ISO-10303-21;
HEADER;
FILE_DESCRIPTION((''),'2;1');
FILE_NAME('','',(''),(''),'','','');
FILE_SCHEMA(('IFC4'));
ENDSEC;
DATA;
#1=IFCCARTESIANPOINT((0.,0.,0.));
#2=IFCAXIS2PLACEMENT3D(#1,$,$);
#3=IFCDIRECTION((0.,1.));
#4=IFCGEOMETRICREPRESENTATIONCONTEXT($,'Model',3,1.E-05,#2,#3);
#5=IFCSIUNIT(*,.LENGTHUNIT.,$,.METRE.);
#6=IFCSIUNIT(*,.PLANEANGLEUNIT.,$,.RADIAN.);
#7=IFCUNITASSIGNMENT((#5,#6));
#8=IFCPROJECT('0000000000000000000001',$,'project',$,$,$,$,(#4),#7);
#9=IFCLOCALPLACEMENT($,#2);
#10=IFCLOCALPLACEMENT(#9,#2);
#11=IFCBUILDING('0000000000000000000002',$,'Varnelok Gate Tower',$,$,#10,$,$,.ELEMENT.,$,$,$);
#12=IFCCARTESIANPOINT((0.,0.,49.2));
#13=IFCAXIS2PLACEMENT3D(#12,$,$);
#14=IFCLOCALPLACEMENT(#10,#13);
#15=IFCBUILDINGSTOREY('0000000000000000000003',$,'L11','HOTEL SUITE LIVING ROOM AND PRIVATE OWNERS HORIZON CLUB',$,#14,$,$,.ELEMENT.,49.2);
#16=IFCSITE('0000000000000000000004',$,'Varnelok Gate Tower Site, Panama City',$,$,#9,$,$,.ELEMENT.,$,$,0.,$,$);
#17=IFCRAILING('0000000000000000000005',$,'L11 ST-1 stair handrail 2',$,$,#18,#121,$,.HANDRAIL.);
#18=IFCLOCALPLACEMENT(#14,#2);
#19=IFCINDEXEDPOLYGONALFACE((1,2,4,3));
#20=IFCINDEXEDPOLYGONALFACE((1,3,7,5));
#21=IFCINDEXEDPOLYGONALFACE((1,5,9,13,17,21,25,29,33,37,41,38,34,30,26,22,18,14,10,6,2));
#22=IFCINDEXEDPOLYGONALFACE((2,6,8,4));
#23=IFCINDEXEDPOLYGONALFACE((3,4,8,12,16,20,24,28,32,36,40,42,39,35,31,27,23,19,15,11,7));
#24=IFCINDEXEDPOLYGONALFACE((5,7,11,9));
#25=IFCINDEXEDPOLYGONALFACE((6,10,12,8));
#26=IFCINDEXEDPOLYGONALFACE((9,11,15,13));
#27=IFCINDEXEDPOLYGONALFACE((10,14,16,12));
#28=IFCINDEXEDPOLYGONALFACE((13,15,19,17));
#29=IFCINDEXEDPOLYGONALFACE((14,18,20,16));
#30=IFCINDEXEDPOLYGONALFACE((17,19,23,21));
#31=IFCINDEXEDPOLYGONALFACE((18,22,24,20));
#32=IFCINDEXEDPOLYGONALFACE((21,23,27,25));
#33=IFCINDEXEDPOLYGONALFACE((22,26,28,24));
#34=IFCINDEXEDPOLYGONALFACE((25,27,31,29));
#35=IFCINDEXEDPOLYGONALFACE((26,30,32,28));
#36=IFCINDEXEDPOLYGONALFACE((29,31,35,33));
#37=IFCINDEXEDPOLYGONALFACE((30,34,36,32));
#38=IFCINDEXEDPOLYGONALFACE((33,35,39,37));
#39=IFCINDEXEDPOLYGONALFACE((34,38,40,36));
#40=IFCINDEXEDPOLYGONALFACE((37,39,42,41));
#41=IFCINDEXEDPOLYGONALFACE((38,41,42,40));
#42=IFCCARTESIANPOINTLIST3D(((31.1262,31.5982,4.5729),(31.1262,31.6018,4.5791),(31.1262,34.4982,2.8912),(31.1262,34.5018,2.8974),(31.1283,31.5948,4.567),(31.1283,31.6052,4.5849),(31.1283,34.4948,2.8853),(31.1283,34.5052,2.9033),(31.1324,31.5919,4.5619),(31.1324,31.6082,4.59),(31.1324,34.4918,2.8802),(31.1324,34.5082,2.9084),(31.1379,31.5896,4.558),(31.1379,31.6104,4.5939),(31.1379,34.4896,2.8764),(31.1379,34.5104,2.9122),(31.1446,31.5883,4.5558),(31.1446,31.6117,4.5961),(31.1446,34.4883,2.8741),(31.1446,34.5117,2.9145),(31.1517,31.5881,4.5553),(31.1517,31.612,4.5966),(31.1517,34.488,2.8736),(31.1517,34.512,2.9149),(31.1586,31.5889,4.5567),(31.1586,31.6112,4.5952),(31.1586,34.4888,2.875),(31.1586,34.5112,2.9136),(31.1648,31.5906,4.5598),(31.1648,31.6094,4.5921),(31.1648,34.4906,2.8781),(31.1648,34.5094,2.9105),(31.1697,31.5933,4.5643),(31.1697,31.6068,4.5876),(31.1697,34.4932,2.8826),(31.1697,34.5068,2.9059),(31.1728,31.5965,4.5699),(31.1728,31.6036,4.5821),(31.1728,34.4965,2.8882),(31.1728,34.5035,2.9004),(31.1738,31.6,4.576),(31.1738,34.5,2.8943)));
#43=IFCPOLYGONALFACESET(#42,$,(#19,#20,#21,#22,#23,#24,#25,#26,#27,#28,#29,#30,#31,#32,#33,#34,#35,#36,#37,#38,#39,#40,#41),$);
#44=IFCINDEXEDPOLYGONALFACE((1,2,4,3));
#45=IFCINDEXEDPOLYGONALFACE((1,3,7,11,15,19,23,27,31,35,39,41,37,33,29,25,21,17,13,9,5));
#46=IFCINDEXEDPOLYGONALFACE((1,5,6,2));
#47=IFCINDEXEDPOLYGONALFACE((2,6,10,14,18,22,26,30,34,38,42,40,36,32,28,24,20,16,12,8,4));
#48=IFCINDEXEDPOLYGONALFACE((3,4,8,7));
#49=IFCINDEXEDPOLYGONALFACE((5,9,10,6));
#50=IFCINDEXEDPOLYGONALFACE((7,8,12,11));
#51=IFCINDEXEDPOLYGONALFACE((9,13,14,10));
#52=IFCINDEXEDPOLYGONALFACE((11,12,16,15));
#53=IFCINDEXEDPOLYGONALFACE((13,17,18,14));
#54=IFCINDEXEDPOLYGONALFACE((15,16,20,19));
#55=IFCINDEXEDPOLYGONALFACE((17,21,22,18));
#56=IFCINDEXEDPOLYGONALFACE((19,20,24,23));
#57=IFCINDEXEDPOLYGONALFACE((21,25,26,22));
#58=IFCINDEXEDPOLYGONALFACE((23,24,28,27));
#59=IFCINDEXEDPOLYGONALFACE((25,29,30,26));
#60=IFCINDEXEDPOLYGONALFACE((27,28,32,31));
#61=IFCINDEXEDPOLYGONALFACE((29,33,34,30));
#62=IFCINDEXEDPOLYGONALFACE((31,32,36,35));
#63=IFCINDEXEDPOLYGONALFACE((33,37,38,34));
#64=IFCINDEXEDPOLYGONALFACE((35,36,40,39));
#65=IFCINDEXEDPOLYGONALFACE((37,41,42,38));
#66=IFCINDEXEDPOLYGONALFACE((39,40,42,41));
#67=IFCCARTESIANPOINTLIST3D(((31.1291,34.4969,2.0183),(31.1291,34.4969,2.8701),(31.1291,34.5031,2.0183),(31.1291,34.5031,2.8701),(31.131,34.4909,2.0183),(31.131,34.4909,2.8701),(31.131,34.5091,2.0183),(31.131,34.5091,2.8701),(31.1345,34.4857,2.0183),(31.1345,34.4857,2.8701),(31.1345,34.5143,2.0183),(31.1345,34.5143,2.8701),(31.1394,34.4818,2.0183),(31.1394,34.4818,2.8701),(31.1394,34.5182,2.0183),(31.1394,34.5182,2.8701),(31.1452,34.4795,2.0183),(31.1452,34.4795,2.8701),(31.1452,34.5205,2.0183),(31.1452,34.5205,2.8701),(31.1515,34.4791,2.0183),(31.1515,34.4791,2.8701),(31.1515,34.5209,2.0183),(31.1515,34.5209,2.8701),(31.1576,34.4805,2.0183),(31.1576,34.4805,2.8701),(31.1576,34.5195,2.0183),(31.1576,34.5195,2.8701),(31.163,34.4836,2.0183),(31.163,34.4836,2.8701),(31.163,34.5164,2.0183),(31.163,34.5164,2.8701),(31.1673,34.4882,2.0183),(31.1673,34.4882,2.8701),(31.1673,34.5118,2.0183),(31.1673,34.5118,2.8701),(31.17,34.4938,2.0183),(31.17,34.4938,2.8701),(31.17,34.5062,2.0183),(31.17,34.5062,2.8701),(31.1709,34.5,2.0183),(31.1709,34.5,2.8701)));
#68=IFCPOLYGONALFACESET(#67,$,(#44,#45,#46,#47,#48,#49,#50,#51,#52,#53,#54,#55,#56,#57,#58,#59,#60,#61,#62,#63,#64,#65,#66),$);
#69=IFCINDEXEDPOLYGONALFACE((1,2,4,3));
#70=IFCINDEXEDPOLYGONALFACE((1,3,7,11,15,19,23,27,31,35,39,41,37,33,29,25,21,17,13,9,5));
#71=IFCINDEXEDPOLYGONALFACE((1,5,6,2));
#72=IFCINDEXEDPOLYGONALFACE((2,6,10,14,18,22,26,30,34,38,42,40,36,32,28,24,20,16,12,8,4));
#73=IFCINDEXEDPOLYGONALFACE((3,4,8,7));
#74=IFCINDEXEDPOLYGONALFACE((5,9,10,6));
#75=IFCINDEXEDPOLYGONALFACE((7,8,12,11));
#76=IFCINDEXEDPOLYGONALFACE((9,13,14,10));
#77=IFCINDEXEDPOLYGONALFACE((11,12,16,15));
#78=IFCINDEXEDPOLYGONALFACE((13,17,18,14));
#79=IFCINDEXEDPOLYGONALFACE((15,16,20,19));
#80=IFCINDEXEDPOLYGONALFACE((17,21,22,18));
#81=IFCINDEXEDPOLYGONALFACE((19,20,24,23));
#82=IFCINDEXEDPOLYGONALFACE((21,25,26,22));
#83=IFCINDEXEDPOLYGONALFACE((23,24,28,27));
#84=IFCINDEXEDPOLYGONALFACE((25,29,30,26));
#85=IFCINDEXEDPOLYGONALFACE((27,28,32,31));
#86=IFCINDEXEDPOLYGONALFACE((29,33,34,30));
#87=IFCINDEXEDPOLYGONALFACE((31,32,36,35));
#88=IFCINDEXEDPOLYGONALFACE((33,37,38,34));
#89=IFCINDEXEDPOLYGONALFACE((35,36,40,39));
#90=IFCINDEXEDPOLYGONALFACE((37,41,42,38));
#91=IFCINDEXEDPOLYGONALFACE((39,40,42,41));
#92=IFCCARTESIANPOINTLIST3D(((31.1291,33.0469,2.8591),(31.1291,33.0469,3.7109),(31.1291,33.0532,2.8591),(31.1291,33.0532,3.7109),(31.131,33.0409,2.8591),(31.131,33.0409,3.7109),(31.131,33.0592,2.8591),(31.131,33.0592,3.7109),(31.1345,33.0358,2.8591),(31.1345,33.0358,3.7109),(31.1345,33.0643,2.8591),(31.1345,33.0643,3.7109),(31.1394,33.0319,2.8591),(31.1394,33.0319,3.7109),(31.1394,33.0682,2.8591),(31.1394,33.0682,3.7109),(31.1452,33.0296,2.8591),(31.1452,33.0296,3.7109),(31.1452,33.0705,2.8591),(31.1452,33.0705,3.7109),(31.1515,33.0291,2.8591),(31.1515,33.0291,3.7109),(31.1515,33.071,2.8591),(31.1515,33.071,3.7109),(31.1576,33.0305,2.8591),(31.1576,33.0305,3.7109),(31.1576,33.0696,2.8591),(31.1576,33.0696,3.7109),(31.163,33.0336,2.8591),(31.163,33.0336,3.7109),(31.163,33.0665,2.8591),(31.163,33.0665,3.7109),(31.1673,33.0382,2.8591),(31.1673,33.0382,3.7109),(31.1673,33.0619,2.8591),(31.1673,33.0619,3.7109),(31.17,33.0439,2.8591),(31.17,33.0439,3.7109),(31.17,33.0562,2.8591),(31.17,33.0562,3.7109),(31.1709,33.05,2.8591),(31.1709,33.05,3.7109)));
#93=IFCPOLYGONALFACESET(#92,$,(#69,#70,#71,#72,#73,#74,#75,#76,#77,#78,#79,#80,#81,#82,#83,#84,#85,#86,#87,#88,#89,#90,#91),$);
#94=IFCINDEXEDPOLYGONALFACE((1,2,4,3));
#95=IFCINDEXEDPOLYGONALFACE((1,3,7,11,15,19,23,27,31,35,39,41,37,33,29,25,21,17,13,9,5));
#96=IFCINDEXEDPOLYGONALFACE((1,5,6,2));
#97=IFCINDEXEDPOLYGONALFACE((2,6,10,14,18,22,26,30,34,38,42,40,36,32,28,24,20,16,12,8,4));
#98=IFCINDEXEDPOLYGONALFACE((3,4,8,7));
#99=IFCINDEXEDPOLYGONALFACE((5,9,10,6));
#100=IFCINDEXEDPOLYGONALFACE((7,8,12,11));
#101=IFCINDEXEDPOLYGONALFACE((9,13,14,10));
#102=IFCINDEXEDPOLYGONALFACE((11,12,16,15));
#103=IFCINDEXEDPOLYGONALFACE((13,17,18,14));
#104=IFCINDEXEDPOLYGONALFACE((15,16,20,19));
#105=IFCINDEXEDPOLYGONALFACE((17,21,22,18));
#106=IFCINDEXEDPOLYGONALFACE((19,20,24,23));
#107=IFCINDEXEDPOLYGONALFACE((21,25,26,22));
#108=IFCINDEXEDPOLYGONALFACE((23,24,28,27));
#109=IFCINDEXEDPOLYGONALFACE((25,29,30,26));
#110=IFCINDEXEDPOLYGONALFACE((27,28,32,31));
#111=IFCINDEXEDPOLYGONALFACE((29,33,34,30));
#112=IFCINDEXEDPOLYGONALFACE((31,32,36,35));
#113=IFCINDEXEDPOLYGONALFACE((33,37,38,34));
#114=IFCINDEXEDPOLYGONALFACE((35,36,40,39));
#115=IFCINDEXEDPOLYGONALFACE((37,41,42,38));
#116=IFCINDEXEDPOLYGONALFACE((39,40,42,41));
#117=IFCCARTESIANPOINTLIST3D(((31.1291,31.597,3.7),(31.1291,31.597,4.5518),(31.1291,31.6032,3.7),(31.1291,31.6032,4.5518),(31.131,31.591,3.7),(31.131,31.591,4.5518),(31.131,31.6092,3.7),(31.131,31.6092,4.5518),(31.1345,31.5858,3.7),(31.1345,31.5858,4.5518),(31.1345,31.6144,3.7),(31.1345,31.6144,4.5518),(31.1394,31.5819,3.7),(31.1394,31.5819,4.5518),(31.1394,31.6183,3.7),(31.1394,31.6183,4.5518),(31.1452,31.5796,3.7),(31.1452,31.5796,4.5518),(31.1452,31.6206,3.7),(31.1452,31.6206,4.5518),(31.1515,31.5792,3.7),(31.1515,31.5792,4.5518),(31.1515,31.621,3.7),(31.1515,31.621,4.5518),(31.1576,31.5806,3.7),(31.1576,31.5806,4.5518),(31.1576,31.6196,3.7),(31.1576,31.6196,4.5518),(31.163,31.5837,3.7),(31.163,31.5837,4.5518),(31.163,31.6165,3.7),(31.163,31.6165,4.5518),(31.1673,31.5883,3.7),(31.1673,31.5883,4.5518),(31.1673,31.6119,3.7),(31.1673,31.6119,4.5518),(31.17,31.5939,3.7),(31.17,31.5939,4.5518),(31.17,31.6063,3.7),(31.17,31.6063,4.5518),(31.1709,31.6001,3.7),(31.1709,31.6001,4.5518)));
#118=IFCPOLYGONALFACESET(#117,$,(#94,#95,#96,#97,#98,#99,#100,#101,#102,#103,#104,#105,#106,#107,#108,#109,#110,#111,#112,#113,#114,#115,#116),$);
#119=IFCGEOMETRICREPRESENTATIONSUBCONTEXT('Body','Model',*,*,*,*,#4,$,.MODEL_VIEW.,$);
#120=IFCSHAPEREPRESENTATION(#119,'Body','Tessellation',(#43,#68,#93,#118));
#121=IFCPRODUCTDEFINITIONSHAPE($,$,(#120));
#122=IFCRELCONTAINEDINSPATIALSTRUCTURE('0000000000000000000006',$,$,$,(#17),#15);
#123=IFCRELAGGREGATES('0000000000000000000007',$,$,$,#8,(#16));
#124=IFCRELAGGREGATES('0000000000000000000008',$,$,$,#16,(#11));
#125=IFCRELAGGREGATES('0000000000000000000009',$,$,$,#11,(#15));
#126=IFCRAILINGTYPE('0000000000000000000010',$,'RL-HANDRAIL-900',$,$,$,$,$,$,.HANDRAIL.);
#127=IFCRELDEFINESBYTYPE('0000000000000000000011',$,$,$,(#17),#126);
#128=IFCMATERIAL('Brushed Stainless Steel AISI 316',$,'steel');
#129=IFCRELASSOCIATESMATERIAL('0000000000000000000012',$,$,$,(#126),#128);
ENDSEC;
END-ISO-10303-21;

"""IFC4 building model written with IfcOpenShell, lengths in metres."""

from ifc_helpers import new_model, si_unit, direction, frame, origin, origin_2d, place, context, subcontext, project, spatial, circle, extrude, material, type_object, element, save


model = new_model("IFC4")

# Units and contexts
model_context = context("Model", 3, precision=1e-05, world=origin(), true_north=direction((0.0, 1.0)))
body_context = subcontext(model_context, "Body", "Model", "MODEL_VIEW")
ifc_project = project(units=[si_unit("LENGTHUNIT", "METRE"), si_unit("PLANEANGLEUNIT", "RADIAN")], contexts=[model_context])

# Site, building, storey
site_placement = place(None, origin())
site = spatial("IfcSite", under=ifc_project, at=site_placement, Name="Varnelok Gate Tower Site, Panama City", CompositionType="ELEMENT", RefElevation=0.0)
building_placement = place(site_placement, origin())
building = spatial("IfcBuilding", under=site, at=building_placement, Name="Varnelok Gate Tower", CompositionType="ELEMENT")
storey_placement = place(building_placement, frame((0.0, 0.0, 49.2)))
storey = spatial("IfcBuildingStorey", under=building, at=storey_placement, Name="L11", Description="HOTEL SUITE LIVING ROOM AND PRIVATE OWNERS HORIZON CLUB", CompositionType="ELEMENT", Elevation=49.2)

# Railing
ifc_material_1 = material(Name="Brushed Stainless Steel AISI 316", Category="steel")
railing_type_1 = type_object("IfcRailingType", Name="RL-HANDRAIL-900", PredefinedType="HANDRAIL", material=ifc_material_1)
railing_1_placement = place(storey_placement, frame((31.1499, 34.5, 2.0183)))
element("IfcRailing", 1, at=railing_1_placement, inside=storey, type_object=railing_type_1, Name="L11 ST-1 stair handrail 2", PredefinedType="HANDRAIL", context=body_context, shape_type="SweptSolid", body=[
    extrude(circle(Radius=0.0239, at=origin_2d()), frame((0.0, 0.0, 0.876), z_axis=(0.0, -0.86507, 0.501651), x_axis=(1.0, 0.0, 0.0)), (0.0, 0.0, 1.0), 3.3523),
    extrude(circle(Radius=0.021, at=origin_2d()), origin(), (0.0, 0.0, 1.0), 0.8518),
    extrude(circle(Radius=0.021, at=origin_2d()), frame((0.0, -1.45, 0.8408)), (0.0, 0.0, 1.0), 0.8518),
    extrude(circle(Radius=0.021, at=origin_2d()), frame((0.0, -2.8999, 1.6816)), (0.0, 0.0, 1.0), 0.8518),
])

save(model, "model.ifc")
